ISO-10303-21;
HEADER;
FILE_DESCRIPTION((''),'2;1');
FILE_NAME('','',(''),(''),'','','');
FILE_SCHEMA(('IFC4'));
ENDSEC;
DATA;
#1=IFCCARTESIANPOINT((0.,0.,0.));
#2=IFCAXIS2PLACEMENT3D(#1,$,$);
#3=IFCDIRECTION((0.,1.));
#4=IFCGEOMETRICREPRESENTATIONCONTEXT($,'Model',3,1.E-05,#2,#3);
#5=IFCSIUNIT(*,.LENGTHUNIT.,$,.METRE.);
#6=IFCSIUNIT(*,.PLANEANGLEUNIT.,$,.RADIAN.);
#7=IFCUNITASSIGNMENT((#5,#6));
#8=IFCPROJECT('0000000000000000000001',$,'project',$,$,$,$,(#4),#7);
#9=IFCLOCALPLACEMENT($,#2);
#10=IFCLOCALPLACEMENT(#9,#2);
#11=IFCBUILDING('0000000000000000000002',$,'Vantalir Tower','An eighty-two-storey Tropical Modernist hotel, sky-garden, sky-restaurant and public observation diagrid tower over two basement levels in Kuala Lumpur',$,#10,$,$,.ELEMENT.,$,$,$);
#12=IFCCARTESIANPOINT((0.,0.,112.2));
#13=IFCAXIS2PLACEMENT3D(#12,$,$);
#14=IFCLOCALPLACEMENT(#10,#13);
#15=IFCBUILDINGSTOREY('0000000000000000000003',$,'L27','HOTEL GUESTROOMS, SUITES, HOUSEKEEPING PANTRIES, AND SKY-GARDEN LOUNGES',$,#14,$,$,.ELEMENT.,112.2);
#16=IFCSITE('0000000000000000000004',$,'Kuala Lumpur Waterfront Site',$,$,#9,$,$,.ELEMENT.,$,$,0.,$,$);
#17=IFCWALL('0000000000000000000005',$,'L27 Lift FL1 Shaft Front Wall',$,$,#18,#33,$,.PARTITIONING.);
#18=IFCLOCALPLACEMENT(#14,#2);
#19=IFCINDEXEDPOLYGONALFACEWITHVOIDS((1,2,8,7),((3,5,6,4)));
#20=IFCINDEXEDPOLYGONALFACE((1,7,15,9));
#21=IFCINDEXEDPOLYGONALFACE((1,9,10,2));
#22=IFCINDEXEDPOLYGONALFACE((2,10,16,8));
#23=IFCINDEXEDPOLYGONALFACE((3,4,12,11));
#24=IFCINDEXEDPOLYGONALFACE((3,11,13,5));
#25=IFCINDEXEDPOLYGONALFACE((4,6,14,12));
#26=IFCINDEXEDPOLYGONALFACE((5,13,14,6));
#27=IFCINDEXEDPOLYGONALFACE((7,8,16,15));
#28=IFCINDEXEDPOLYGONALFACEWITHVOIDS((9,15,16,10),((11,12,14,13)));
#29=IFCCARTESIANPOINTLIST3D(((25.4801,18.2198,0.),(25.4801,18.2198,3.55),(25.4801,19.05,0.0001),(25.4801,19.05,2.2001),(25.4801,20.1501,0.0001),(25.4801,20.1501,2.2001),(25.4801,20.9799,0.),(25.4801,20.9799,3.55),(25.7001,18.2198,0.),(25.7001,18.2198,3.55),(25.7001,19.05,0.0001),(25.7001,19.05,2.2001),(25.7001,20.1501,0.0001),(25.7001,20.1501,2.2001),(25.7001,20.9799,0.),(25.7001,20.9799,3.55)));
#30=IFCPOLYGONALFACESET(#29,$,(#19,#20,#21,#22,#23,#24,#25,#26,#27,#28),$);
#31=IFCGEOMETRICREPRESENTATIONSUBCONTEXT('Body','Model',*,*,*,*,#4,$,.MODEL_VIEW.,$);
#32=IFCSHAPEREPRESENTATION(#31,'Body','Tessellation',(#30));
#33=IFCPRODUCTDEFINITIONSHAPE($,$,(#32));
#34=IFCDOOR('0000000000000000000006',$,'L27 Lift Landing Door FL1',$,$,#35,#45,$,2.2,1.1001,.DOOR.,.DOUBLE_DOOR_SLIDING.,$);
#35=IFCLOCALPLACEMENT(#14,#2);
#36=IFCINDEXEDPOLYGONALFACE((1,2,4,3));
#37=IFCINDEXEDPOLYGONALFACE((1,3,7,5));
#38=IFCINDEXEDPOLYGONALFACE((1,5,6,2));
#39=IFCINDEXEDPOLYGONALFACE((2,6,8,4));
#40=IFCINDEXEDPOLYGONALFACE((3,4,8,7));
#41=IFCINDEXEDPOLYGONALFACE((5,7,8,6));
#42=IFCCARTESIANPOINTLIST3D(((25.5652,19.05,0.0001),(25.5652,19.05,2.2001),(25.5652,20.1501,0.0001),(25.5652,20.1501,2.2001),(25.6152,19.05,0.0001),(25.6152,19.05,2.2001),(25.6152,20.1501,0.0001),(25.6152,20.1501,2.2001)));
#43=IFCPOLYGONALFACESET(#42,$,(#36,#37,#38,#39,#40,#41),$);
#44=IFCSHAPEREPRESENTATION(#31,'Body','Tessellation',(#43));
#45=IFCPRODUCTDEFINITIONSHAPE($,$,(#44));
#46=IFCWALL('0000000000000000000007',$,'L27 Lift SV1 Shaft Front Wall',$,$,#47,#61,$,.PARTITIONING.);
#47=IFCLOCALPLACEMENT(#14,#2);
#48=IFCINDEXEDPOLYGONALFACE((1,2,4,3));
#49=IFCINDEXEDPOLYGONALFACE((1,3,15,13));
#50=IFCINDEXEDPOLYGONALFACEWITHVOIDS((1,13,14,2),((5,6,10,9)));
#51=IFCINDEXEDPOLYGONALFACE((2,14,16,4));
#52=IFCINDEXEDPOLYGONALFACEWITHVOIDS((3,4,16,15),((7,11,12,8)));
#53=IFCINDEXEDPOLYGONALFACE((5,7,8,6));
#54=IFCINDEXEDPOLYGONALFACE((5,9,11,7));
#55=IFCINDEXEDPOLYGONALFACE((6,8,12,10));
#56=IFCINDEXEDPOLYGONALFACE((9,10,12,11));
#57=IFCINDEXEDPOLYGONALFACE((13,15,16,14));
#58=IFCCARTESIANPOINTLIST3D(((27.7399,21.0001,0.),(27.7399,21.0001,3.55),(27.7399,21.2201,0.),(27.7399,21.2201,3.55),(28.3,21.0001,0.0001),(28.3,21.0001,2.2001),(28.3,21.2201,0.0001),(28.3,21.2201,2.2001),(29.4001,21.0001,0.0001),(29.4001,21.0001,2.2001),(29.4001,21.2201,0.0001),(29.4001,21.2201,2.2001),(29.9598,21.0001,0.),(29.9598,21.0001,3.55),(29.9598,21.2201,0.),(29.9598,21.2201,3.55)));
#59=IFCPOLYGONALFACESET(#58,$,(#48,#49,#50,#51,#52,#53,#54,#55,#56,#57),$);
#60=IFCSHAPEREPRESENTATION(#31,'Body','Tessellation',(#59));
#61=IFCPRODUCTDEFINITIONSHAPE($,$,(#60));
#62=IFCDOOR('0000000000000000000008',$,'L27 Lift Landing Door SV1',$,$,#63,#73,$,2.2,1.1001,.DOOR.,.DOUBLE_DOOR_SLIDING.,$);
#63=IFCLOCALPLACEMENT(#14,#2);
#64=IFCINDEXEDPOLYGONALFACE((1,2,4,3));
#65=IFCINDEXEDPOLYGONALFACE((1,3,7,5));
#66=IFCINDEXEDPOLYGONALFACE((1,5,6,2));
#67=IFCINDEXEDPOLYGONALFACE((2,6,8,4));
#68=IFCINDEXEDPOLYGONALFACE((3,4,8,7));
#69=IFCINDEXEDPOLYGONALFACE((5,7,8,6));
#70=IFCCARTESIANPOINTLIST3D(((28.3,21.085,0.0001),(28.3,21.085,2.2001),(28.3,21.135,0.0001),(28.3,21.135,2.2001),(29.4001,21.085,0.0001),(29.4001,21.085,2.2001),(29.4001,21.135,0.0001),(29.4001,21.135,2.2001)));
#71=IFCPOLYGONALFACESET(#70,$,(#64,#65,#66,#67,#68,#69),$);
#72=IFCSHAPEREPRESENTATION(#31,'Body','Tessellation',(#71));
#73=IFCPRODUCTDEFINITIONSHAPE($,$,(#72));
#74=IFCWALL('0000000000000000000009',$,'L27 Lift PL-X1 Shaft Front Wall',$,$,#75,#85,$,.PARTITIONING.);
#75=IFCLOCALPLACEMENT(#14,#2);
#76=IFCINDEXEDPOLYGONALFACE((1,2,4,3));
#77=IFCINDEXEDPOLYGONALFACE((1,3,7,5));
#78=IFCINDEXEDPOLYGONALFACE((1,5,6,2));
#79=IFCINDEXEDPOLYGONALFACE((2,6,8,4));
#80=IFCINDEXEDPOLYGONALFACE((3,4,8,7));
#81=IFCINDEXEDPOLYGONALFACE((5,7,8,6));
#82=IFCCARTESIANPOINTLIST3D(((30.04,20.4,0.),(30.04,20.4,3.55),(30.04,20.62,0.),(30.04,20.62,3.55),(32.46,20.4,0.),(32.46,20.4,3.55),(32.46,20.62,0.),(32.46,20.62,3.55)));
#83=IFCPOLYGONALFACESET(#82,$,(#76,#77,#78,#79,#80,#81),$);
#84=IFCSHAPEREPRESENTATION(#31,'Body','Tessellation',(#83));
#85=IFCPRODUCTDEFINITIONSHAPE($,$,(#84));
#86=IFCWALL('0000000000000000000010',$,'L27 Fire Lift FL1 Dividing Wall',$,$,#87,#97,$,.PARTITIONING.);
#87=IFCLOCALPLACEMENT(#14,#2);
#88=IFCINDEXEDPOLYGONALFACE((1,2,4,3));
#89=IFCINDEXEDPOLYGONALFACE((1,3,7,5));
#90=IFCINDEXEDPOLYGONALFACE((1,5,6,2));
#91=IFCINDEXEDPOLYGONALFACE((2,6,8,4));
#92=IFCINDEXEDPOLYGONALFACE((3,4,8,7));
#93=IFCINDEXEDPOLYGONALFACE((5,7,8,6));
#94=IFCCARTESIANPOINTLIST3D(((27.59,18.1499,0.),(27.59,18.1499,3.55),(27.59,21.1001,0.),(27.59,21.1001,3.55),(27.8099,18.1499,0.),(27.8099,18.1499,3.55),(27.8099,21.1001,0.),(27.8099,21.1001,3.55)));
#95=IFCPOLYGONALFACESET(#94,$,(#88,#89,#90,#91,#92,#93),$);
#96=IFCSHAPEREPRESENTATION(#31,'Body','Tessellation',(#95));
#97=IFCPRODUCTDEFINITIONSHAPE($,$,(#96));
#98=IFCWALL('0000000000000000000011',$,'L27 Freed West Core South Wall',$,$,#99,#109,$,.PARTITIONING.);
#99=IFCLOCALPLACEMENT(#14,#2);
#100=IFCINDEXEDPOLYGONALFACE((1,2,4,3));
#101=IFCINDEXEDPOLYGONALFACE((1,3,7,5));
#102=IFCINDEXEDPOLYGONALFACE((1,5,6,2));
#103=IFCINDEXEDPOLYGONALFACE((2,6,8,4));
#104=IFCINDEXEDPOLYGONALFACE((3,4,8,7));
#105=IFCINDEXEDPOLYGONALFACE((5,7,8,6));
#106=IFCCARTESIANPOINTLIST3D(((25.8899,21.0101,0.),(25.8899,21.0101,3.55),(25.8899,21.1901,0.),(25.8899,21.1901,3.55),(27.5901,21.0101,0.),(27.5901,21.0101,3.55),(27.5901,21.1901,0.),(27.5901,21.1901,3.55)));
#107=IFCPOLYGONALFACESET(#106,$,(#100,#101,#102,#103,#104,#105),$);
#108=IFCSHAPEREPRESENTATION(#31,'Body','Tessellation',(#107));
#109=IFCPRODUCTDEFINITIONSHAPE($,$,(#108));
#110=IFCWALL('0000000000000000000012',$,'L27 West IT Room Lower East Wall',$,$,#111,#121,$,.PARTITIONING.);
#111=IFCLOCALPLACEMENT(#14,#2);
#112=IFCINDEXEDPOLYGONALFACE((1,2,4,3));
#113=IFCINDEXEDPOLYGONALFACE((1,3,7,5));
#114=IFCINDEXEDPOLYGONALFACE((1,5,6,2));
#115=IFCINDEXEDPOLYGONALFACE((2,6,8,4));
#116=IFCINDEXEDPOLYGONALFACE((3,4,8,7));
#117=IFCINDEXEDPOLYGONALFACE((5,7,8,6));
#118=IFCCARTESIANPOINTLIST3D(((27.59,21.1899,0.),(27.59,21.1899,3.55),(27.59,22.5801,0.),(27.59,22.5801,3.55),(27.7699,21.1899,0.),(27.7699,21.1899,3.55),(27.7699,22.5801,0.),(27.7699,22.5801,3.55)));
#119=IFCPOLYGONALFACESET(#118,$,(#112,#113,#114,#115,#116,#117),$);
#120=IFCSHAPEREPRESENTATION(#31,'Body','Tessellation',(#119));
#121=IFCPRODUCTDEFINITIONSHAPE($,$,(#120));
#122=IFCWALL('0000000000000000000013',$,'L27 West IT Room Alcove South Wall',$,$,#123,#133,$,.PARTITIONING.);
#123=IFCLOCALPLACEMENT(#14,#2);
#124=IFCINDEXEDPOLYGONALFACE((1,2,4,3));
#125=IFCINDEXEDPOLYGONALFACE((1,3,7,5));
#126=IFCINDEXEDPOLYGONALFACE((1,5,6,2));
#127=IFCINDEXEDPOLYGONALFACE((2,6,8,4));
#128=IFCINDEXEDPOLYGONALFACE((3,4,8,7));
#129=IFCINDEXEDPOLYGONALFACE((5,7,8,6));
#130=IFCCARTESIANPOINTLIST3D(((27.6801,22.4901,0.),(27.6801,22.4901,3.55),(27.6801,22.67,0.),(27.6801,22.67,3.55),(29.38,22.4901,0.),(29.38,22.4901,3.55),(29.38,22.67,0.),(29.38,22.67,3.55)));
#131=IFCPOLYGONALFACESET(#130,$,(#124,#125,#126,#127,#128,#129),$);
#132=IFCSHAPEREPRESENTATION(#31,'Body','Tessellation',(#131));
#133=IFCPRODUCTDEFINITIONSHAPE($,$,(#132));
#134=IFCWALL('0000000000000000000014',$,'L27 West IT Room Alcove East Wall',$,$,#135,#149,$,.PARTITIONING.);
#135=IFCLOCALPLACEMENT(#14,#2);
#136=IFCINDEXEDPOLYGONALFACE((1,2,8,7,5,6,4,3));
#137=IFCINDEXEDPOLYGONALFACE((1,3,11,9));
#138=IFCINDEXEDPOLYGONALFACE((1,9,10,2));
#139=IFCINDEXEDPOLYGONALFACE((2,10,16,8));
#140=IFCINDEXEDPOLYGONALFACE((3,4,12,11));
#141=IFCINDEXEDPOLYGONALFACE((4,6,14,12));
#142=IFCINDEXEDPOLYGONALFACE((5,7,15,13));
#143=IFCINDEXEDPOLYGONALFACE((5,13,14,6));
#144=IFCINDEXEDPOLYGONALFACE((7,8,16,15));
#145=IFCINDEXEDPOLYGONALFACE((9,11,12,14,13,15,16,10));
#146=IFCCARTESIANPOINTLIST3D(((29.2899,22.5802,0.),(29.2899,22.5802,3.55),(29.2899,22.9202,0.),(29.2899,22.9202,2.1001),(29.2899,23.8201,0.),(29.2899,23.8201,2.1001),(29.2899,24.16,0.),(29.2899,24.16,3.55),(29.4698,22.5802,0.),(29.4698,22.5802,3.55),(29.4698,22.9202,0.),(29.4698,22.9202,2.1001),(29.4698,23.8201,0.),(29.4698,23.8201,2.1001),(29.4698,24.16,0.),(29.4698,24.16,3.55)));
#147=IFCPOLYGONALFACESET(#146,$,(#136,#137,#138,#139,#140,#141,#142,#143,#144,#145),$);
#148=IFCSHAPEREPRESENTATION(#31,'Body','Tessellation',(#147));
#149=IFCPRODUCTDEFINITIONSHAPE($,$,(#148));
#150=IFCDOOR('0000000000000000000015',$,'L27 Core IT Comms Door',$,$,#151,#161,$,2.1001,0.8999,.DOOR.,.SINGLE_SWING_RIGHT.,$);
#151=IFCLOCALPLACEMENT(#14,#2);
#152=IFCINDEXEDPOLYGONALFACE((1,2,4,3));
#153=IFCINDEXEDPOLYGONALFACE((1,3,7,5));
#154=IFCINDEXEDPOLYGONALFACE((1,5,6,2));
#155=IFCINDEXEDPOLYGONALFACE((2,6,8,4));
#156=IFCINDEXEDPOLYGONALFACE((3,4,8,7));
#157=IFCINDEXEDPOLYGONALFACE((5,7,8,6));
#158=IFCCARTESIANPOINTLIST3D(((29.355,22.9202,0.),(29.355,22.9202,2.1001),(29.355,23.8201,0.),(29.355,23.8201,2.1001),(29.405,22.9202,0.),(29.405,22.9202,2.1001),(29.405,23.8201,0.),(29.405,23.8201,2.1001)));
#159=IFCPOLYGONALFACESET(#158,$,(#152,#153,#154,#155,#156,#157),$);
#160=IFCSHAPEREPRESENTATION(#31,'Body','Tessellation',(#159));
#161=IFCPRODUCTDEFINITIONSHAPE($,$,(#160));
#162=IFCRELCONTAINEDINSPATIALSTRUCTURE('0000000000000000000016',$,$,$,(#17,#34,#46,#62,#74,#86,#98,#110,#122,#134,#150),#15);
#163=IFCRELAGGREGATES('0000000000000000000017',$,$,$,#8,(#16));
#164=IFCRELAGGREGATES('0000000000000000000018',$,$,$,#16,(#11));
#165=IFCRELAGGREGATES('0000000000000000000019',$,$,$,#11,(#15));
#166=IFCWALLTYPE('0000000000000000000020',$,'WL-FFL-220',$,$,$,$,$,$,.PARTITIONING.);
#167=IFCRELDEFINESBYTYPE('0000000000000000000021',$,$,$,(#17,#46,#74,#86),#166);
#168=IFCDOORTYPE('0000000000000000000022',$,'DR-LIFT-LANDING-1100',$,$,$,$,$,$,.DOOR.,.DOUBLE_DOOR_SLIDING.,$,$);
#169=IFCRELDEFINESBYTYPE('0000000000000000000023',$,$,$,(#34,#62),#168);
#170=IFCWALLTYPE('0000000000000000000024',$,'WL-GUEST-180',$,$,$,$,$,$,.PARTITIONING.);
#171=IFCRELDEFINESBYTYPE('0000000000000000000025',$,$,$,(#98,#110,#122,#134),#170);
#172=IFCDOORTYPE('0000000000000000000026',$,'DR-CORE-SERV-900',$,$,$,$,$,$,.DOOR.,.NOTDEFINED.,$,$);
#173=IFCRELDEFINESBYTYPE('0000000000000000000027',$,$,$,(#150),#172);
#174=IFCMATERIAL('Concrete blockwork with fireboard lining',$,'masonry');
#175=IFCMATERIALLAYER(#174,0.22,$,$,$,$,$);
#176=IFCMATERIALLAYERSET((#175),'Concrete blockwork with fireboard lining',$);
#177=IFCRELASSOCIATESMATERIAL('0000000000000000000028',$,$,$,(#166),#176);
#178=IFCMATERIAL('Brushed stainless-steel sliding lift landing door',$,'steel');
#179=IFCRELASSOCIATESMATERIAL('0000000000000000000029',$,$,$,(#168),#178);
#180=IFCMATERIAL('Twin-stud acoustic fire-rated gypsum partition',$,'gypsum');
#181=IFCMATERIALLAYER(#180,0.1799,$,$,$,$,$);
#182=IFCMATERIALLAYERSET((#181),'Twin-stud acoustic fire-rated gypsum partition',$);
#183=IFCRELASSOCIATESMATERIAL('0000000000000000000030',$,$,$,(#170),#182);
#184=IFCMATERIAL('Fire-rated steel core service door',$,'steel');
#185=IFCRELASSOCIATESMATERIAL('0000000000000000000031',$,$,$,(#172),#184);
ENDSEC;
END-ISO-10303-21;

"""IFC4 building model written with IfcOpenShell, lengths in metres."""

from ifc_helpers import new_model, si_unit, direction, frame, frame_2d, origin, place, context, subcontext, project, spatial, rectangle, extrude, material, layer, layer_set, type_object, element, fill, save


model = new_model("IFC4")

# Units and contexts
model_context = context("Model", 3, precision=1e-05, world=origin(), true_north=direction((0.0, 1.0)))
body_context = subcontext(model_context, "Body", "Model", "MODEL_VIEW")
ifc_project = project(units=[si_unit("LENGTHUNIT", "METRE"), si_unit("PLANEANGLEUNIT", "RADIAN")], contexts=[model_context])

# Site, building, storey
site_placement = place(None, origin())
site = spatial("IfcSite", under=ifc_project, at=site_placement, Name="Kuala Lumpur Waterfront Site", CompositionType="ELEMENT", RefElevation=0.0)
building_placement = place(site_placement, origin())
building = spatial("IfcBuilding", under=site, at=building_placement, Name="Vantalir Tower", Description="An eighty-two-storey Tropical Modernist hotel, sky-garden, sky-restaurant and public observation diagrid tower over two basement levels in Kuala Lumpur", CompositionType="ELEMENT")
storey_placement = place(building_placement, frame((0.0, 0.0, 112.2)))
storey = spatial("IfcBuildingStorey", under=building, at=storey_placement, Name="L27", Description="HOTEL GUESTROOMS, SUITES, HOUSEKEEPING PANTRIES, AND SKY-GARDEN LOUNGES", CompositionType="ELEMENT", Elevation=112.2)

# Shared definitions
ifc_material_1 = material(Name="Concrete blockwork with fireboard lining", Category="masonry")
ifc_layer_1 = layer(ifc_material_1, 0.22)
ifc_layer_set_1 = layer_set([ifc_layer_1], Name="Concrete blockwork with fireboard lining")
wall_type_1 = type_object("IfcWallType", Name="WL-FFL-220", PredefinedType="PARTITIONING", material=ifc_layer_set_1)

# Walls, openings, doors
wall_1_placement = place(storey_placement, frame((25.5901, 18.22, 0.0), z_axis=(0.0, 0.0, 1.0), x_axis=(0.0, 1.0, 0.0)))
wall_1 = element("IfcWall", 1, at=wall_1_placement, inside=storey, type_object=wall_type_1, Name="L27 Lift FL1 Shaft Front Wall", PredefinedType="PARTITIONING", context=body_context, shape_type="SweptSolid", body=[
    extrude(rectangle(XDim=2.76, YDim=0.22, at=frame_2d((1.3799, 0.0))), origin(), (0.0, 0.0, 1.0), 3.55),
])
opening_1_placement = place(wall_1_placement, frame((0.8301, 0.0, 0.0)))
opening_1 = element("IfcOpeningElement", 2, at=opening_1_placement, cuts=wall_1, PredefinedType="OPENING", context=body_context, shape_type="SweptSolid", body=[
    extrude(rectangle(XDim=1.1001, YDim=2.2, at=frame_2d((0.55, 1.1001))), frame((0.0, 0.1199, 0.0), z_axis=(0.0, -1.0, 0.0), x_axis=(1.0, 0.0, 0.0)), (0.0, 0.0, 1.0), 0.24),
])
ifc_material_2 = material(Name="Brushed stainless-steel sliding lift landing door", Category="steel")
door_type_1 = type_object("IfcDoorType", Name="DR-LIFT-LANDING-1100", OperationType="DOUBLE_DOOR_SLIDING", PredefinedType="DOOR", material=ifc_material_2)
door_1_placement = place(opening_1_placement, origin())
door_1 = element("IfcDoor", 3, at=door_1_placement, inside=storey, type_object=door_type_1, Name="L27 Lift Landing Door FL1", OperationType="DOUBLE_DOOR_SLIDING", OverallHeight=2.2, OverallWidth=1.1001, PredefinedType="DOOR", context=body_context, shape_type="SweptSolid", body=[
    extrude(rectangle(XDim=1.1001, YDim=2.2, at=frame_2d((0.55, 1.1001))), frame((0.0, 0.0249, 0.0), z_axis=(0.0, -1.0, 0.0), x_axis=(1.0, 0.0, 0.0)), (0.0, 0.0, 1.0), 0.05),
])
fill(opening_1, door_1)
wall_2_placement = place(storey_placement, frame((27.74, 21.1101, 0.0), z_axis=(0.0, 0.0, 1.0), x_axis=(1.0, 0.0, 0.0)))
wall_2 = element("IfcWall", 4, at=wall_2_placement, inside=storey, type_object=wall_type_1, Name="L27 Lift SV1 Shaft Front Wall", PredefinedType="PARTITIONING", context=body_context, shape_type="SweptSolid", body=[
    extrude(rectangle(XDim=2.22, YDim=0.22, at=frame_2d((1.1099, 0.0))), origin(), (0.0, 0.0, 1.0), 3.55),
])
opening_2_placement = place(wall_2_placement, frame((0.5601, 0.0, 0.0)))
opening_2 = element("IfcOpeningElement", 5, at=opening_2_placement, cuts=wall_2, PredefinedType="OPENING", context=body_context, shape_type="SweptSolid", body=[
    extrude(rectangle(XDim=1.1001, YDim=2.2, at=frame_2d((0.55, 1.1001))), frame((0.0, 0.1199, 0.0), z_axis=(0.0, -1.0, 0.0), x_axis=(1.0, 0.0, 0.0)), (0.0, 0.0, 1.0), 0.24),
])
door_2_placement = place(opening_2_placement, origin())
door_2 = element("IfcDoor", 6, at=door_2_placement, inside=storey, type_object=door_type_1, Name="L27 Lift Landing Door SV1", OperationType="DOUBLE_DOOR_SLIDING", OverallHeight=2.2, OverallWidth=1.1001, PredefinedType="DOOR", context=body_context, shape_type="SweptSolid", body=[
    extrude(rectangle(XDim=1.1001, YDim=2.2, at=frame_2d((0.55, 1.1001))), frame((0.0, 0.0249, 0.0), z_axis=(0.0, -1.0, 0.0), x_axis=(1.0, 0.0, 0.0)), (0.0, 0.0, 1.0), 0.05),
])
fill(opening_2, door_2)

# Walls
wall_3_placement = place(storey_placement, frame((30.04, 20.51, 0.0), z_axis=(0.0, 0.0, 1.0), x_axis=(1.0, 0.0, 0.0)))
element("IfcWall", 7, at=wall_3_placement, inside=storey, type_object=wall_type_1, Name="L27 Lift PL-X1 Shaft Front Wall", PredefinedType="PARTITIONING", context=body_context, shape_type="SweptSolid", body=[
    extrude(rectangle(XDim=2.4199, YDim=0.22, at=frame_2d((1.21, 0.0))), origin(), (0.0, 0.0, 1.0), 3.55),
])
wall_4_placement = place(storey_placement, frame((27.7, 18.1499, 0.0), z_axis=(0.0, 0.0, 1.0), x_axis=(0.0, 1.0, 0.0)))
element("IfcWall", 8, at=wall_4_placement, inside=storey, type_object=wall_type_1, Name="L27 Fire Lift FL1 Dividing Wall", PredefinedType="PARTITIONING", context=body_context, shape_type="SweptSolid", body=[
    extrude(rectangle(XDim=2.9502, YDim=0.22, at=frame_2d((1.4751, 0.0))), origin(), (0.0, 0.0, 1.0), 3.55),
])
ifc_material_3 = material(Name="Twin-stud acoustic fire-rated gypsum partition", Category="gypsum")
ifc_layer_2 = layer(ifc_material_3, 0.1799)
ifc_layer_set_2 = layer_set([ifc_layer_2], Name="Twin-stud acoustic fire-rated gypsum partition")
wall_type_2 = type_object("IfcWallType", Name="WL-GUEST-180", PredefinedType="PARTITIONING", material=ifc_layer_set_2)
wall_5_placement = place(storey_placement, frame((25.8899, 21.1001, 0.0), z_axis=(0.0, 0.0, 1.0), x_axis=(1.0, 0.0, 0.0)))
element("IfcWall", 9, at=wall_5_placement, inside=storey, type_object=wall_type_2, Name="L27 Freed West Core South Wall", PredefinedType="PARTITIONING", context=body_context, shape_type="SweptSolid", body=[
    extrude(rectangle(XDim=1.7002, YDim=0.1799, at=frame_2d((0.8501, 0.0))), origin(), (0.0, 0.0, 1.0), 3.55),
])
wall_6_placement = place(storey_placement, frame((27.6799, 21.1899, 0.0), z_axis=(0.0, 0.0, 1.0), x_axis=(0.0, 1.0, 0.0)))
element("IfcWall", 10, at=wall_6_placement, inside=storey, type_object=wall_type_2, Name="L27 West IT Room Lower East Wall", PredefinedType="PARTITIONING", context=body_context, shape_type="SweptSolid", body=[
    extrude(rectangle(XDim=1.3901, YDim=0.1799, at=frame_2d((0.6951, 0.0))), origin(), (0.0, 0.0, 1.0), 3.55),
])
wall_7_placement = place(storey_placement, frame((27.6799, 22.5801, 0.0), z_axis=(0.0, 0.0, 1.0), x_axis=(1.0, 0.0, 0.0)))
element("IfcWall", 11, at=wall_7_placement, inside=storey, type_object=wall_type_2, Name="L27 West IT Room Alcove South Wall", PredefinedType="PARTITIONING", context=body_context, shape_type="SweptSolid", body=[
    extrude(rectangle(XDim=1.7, YDim=0.1799, at=frame_2d((0.8501, 0.0))), origin(), (0.0, 0.0, 1.0), 3.55),
])

# Wall, opening, door
wall_8_placement = place(storey_placement, frame((29.3799, 22.5801, 0.0), z_axis=(0.0, 0.0, 1.0), x_axis=(0.0, 1.0, 0.0)))
wall_8 = element("IfcWall", 12, at=wall_8_placement, inside=storey, type_object=wall_type_2, Name="L27 West IT Room Alcove East Wall", PredefinedType="PARTITIONING", context=body_context, shape_type="SweptSolid", body=[
    extrude(rectangle(XDim=1.5798, YDim=0.1799, at=frame_2d((0.79, 0.0))), origin(), (0.0, 0.0, 1.0), 3.55),
])
opening_3_placement = place(wall_8_placement, frame((0.3401, 0.0, 0.0)))
opening_3 = element("IfcOpeningElement", 13, at=opening_3_placement, cuts=wall_8, PredefinedType="OPENING", context=body_context, shape_type="SweptSolid", body=[
    extrude(rectangle(XDim=0.8999, YDim=2.1001, at=frame_2d((0.45, 1.05))), frame((0.0, 0.0999, 0.0), z_axis=(0.0, -1.0, 0.0), x_axis=(1.0, 0.0, 0.0)), (0.0, 0.0, 1.0), 0.2),
])
ifc_material_4 = material(Name="Fire-rated steel core service door", Category="steel")
door_type_2 = type_object("IfcDoorType", Name="DR-CORE-SERV-900", OperationType="NOTDEFINED", PredefinedType="DOOR", material=ifc_material_4)
door_3_placement = place(opening_3_placement, origin())
door_3 = element("IfcDoor", 14, at=door_3_placement, inside=storey, type_object=door_type_2, Name="L27 Core IT Comms Door", OperationType="SINGLE_SWING_RIGHT", OverallHeight=2.1001, OverallWidth=0.8999, PredefinedType="DOOR", context=body_context, shape_type="SweptSolid", body=[
    extrude(rectangle(XDim=0.8999, YDim=2.1001, at=frame_2d((0.45, 1.05))), frame((0.0, 0.0249, 0.0), z_axis=(0.0, -1.0, 0.0), x_axis=(1.0, 0.0, 0.0)), (0.0, 0.0, 1.0), 0.05),
])
fill(opening_3, door_3)

save(model, "model.ifc")
